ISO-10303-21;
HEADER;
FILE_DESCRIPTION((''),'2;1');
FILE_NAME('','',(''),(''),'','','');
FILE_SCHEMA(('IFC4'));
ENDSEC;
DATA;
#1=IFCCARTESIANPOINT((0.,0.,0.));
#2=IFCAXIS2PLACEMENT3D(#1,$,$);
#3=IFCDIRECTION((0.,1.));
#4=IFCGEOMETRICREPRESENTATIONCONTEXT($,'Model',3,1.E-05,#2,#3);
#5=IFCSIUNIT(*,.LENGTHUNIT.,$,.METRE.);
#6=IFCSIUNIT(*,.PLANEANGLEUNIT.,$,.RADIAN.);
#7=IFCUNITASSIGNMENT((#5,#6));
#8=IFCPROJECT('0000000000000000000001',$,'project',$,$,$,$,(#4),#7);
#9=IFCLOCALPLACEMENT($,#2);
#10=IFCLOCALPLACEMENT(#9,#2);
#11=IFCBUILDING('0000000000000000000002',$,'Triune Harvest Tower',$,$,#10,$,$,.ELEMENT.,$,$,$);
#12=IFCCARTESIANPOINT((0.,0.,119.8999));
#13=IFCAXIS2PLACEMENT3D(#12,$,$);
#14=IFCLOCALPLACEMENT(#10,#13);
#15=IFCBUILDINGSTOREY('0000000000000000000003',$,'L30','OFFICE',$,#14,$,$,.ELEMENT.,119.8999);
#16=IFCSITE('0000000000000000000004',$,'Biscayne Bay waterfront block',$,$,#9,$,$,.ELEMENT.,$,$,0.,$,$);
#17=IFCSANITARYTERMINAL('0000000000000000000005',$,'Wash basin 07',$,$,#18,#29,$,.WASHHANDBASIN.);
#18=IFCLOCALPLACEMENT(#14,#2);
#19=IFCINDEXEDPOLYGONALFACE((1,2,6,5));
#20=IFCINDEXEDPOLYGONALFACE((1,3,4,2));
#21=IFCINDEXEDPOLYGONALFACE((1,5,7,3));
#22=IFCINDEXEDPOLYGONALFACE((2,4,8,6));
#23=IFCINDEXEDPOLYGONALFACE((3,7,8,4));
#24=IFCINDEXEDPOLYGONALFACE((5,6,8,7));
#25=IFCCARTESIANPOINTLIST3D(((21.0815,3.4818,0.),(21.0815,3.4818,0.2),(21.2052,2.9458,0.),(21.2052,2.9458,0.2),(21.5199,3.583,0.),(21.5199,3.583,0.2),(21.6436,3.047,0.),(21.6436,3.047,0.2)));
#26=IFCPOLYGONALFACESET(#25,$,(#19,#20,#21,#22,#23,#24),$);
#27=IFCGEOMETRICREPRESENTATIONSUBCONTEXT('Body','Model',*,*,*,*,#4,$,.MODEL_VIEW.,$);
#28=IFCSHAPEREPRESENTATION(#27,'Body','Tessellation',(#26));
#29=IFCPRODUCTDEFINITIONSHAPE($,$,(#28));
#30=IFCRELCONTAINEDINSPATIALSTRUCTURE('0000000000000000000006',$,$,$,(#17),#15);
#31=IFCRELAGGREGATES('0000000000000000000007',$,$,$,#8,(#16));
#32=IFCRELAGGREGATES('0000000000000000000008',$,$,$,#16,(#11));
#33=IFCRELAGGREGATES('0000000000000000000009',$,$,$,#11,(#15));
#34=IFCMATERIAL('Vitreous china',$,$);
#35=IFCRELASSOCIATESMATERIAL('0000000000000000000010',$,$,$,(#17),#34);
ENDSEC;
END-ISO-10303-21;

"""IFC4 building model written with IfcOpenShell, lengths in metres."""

from ifc_helpers import new_model, si_unit, direction, frame, origin, origin_2d, place, context, subcontext, project, spatial, rectangle, extrude, source, transform, mapped, material, element, save


model = new_model("IFC4")

# Units and contexts
model_context = context("Model", 3, precision=1e-05, world=origin(), true_north=direction((0.0, 1.0)))
body_context = subcontext(model_context, "Body", "Model", "MODEL_VIEW")
ifc_project = project(units=[si_unit("LENGTHUNIT", "METRE"), si_unit("PLANEANGLEUNIT", "RADIAN")], contexts=[model_context])

# Site, building, storey
site_placement = place(None, origin())
site = spatial("IfcSite", under=ifc_project, at=site_placement, Name="Biscayne Bay waterfront block", CompositionType="ELEMENT", RefElevation=0.0)
building_placement = place(site_placement, origin())
building = spatial("IfcBuilding", under=site, at=building_placement, Name="Triune Harvest Tower", CompositionType="ELEMENT")
storey_placement = place(building_placement, frame((0.0, 0.0, 119.8999)))
storey = spatial("IfcBuildingStorey", under=building, at=storey_placement, Name="L30", Description="OFFICE", CompositionType="ELEMENT", Elevation=119.8999)

# Sanitary terminal
ifc_material_1 = material(Name="Vitreous china")
shared_shape_1 = source(origin(), body_context, "Body", "SweptSolid", [
    extrude(rectangle(XDim=0.55, YDim=0.45, at=origin_2d()), origin(), (0.0, 0.0, 1.0), 0.2),
])
for number, where, z_axis, x_axis, name in (
    (1, (21.3625, 3.2644, 0.0), (0.0, 0.0, 1.0), (0.224968, -0.974366, 0.0), "Wash basin 07"),
):
    element("IfcSanitaryTerminal", number, at=place(storey_placement, frame(where, z_axis=z_axis, x_axis=x_axis)), inside=storey, material=ifc_material_1, Name=name, PredefinedType="WASHHANDBASIN", context=body_context, shape_type="MappedRepresentation", body=[
        mapped(shared_shape_1, transform((0.0, 0.0, 0.0), scale=1.0)),
    ])

save(model, "model.ifc")
